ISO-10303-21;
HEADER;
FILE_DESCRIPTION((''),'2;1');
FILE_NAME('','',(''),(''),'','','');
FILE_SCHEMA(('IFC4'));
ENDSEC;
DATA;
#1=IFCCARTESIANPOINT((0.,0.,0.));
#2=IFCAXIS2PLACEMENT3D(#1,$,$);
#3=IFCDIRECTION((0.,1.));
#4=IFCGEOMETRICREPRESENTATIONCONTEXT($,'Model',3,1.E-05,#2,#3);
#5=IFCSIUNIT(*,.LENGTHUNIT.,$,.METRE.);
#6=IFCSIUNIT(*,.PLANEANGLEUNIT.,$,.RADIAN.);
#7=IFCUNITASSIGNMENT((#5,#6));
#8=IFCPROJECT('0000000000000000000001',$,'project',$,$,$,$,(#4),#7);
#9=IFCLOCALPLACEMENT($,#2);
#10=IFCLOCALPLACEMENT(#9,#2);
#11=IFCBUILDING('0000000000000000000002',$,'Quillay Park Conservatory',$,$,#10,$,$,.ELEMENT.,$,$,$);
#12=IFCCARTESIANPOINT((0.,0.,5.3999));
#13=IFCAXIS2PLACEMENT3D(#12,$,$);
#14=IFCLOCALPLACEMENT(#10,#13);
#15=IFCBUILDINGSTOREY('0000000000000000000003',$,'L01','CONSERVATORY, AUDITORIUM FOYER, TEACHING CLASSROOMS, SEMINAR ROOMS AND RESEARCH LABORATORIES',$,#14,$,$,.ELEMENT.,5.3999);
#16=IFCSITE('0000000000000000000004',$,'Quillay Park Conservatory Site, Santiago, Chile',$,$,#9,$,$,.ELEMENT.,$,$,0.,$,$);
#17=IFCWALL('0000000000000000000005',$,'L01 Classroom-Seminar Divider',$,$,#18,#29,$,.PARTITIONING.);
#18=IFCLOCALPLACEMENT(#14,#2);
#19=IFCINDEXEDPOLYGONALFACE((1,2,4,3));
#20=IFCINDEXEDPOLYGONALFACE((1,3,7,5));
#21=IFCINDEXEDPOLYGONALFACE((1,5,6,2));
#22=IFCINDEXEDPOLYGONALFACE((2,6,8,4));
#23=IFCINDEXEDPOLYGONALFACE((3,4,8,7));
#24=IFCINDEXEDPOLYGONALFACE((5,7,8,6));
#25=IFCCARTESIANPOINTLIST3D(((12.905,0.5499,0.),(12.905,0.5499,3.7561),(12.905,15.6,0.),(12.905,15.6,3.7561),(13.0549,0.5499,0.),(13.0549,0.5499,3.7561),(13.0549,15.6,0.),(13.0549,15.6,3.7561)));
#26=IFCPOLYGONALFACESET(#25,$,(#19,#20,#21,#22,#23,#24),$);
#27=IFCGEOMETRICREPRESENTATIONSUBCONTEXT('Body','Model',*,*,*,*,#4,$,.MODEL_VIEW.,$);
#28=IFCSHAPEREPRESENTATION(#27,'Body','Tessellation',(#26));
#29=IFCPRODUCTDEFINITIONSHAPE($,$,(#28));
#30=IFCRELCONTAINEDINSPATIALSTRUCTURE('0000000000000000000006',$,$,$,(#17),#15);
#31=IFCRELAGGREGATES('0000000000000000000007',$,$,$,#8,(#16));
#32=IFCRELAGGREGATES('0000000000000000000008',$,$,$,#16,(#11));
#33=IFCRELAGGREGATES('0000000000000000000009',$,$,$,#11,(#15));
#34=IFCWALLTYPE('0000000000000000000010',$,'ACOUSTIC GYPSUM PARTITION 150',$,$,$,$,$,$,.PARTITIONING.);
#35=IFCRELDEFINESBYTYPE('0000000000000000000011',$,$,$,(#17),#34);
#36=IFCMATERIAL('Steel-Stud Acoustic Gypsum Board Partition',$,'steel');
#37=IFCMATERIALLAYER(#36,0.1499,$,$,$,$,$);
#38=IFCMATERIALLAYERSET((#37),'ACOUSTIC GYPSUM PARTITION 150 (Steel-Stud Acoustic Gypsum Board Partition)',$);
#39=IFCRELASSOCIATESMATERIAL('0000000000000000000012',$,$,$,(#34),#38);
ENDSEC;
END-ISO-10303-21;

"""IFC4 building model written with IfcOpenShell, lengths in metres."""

from ifc_helpers import new_model, si_unit, direction, frame, frame_2d, origin, place, context, subcontext, project, spatial, rectangle, extrude, material, layer, layer_set, type_object, element, save


model = new_model("IFC4")

# Units and contexts
model_context = context("Model", 3, precision=1e-05, world=origin(), true_north=direction((0.0, 1.0)))
body_context = subcontext(model_context, "Body", "Model", "MODEL_VIEW")
ifc_project = project(units=[si_unit("LENGTHUNIT", "METRE"), si_unit("PLANEANGLEUNIT", "RADIAN")], contexts=[model_context])

# Site, building, storey
site_placement = place(None, origin())
site = spatial("IfcSite", under=ifc_project, at=site_placement, Name="Quillay Park Conservatory Site, Santiago, Chile", CompositionType="ELEMENT", RefElevation=0.0)
building_placement = place(site_placement, origin())
building = spatial("IfcBuilding", under=site, at=building_placement, Name="Quillay Park Conservatory", CompositionType="ELEMENT")
storey_placement = place(building_placement, frame((0.0, 0.0, 5.3999)))
storey = spatial("IfcBuildingStorey", under=building, at=storey_placement, Name="L01", Description="CONSERVATORY, AUDITORIUM FOYER, TEACHING CLASSROOMS, SEMINAR ROOMS AND RESEARCH LABORATORIES", CompositionType="ELEMENT", Elevation=5.3999)

# Wall
ifc_material_1 = material(Name="Steel-Stud Acoustic Gypsum Board Partition", Category="steel")
ifc_layer_1 = layer(ifc_material_1, 0.1499)
ifc_layer_set_1 = layer_set([ifc_layer_1], Name="ACOUSTIC GYPSUM PARTITION 150 (Steel-Stud Acoustic Gypsum Board Partition)")
wall_type_1 = type_object("IfcWallType", Name="ACOUSTIC GYPSUM PARTITION 150", PredefinedType="PARTITIONING", material=ifc_layer_set_1)
wall_1_placement = place(storey_placement, frame((12.98, 0.55, 0.0), z_axis=(0.0, 0.0, 1.0), x_axis=(0.0, 1.0, 0.0)))
element("IfcWall", 1, at=wall_1_placement, inside=storey, type_object=wall_type_1, Name="L01 Classroom-Seminar Divider", PredefinedType="PARTITIONING", context=body_context, shape_type="SweptSolid", body=[
    extrude(rectangle(XDim=15.05, YDim=0.1499, at=frame_2d((7.5249, 0.0))), origin(), (0.0, 0.0, 1.0), 3.7561),
])

save(model, "model.ifc")
